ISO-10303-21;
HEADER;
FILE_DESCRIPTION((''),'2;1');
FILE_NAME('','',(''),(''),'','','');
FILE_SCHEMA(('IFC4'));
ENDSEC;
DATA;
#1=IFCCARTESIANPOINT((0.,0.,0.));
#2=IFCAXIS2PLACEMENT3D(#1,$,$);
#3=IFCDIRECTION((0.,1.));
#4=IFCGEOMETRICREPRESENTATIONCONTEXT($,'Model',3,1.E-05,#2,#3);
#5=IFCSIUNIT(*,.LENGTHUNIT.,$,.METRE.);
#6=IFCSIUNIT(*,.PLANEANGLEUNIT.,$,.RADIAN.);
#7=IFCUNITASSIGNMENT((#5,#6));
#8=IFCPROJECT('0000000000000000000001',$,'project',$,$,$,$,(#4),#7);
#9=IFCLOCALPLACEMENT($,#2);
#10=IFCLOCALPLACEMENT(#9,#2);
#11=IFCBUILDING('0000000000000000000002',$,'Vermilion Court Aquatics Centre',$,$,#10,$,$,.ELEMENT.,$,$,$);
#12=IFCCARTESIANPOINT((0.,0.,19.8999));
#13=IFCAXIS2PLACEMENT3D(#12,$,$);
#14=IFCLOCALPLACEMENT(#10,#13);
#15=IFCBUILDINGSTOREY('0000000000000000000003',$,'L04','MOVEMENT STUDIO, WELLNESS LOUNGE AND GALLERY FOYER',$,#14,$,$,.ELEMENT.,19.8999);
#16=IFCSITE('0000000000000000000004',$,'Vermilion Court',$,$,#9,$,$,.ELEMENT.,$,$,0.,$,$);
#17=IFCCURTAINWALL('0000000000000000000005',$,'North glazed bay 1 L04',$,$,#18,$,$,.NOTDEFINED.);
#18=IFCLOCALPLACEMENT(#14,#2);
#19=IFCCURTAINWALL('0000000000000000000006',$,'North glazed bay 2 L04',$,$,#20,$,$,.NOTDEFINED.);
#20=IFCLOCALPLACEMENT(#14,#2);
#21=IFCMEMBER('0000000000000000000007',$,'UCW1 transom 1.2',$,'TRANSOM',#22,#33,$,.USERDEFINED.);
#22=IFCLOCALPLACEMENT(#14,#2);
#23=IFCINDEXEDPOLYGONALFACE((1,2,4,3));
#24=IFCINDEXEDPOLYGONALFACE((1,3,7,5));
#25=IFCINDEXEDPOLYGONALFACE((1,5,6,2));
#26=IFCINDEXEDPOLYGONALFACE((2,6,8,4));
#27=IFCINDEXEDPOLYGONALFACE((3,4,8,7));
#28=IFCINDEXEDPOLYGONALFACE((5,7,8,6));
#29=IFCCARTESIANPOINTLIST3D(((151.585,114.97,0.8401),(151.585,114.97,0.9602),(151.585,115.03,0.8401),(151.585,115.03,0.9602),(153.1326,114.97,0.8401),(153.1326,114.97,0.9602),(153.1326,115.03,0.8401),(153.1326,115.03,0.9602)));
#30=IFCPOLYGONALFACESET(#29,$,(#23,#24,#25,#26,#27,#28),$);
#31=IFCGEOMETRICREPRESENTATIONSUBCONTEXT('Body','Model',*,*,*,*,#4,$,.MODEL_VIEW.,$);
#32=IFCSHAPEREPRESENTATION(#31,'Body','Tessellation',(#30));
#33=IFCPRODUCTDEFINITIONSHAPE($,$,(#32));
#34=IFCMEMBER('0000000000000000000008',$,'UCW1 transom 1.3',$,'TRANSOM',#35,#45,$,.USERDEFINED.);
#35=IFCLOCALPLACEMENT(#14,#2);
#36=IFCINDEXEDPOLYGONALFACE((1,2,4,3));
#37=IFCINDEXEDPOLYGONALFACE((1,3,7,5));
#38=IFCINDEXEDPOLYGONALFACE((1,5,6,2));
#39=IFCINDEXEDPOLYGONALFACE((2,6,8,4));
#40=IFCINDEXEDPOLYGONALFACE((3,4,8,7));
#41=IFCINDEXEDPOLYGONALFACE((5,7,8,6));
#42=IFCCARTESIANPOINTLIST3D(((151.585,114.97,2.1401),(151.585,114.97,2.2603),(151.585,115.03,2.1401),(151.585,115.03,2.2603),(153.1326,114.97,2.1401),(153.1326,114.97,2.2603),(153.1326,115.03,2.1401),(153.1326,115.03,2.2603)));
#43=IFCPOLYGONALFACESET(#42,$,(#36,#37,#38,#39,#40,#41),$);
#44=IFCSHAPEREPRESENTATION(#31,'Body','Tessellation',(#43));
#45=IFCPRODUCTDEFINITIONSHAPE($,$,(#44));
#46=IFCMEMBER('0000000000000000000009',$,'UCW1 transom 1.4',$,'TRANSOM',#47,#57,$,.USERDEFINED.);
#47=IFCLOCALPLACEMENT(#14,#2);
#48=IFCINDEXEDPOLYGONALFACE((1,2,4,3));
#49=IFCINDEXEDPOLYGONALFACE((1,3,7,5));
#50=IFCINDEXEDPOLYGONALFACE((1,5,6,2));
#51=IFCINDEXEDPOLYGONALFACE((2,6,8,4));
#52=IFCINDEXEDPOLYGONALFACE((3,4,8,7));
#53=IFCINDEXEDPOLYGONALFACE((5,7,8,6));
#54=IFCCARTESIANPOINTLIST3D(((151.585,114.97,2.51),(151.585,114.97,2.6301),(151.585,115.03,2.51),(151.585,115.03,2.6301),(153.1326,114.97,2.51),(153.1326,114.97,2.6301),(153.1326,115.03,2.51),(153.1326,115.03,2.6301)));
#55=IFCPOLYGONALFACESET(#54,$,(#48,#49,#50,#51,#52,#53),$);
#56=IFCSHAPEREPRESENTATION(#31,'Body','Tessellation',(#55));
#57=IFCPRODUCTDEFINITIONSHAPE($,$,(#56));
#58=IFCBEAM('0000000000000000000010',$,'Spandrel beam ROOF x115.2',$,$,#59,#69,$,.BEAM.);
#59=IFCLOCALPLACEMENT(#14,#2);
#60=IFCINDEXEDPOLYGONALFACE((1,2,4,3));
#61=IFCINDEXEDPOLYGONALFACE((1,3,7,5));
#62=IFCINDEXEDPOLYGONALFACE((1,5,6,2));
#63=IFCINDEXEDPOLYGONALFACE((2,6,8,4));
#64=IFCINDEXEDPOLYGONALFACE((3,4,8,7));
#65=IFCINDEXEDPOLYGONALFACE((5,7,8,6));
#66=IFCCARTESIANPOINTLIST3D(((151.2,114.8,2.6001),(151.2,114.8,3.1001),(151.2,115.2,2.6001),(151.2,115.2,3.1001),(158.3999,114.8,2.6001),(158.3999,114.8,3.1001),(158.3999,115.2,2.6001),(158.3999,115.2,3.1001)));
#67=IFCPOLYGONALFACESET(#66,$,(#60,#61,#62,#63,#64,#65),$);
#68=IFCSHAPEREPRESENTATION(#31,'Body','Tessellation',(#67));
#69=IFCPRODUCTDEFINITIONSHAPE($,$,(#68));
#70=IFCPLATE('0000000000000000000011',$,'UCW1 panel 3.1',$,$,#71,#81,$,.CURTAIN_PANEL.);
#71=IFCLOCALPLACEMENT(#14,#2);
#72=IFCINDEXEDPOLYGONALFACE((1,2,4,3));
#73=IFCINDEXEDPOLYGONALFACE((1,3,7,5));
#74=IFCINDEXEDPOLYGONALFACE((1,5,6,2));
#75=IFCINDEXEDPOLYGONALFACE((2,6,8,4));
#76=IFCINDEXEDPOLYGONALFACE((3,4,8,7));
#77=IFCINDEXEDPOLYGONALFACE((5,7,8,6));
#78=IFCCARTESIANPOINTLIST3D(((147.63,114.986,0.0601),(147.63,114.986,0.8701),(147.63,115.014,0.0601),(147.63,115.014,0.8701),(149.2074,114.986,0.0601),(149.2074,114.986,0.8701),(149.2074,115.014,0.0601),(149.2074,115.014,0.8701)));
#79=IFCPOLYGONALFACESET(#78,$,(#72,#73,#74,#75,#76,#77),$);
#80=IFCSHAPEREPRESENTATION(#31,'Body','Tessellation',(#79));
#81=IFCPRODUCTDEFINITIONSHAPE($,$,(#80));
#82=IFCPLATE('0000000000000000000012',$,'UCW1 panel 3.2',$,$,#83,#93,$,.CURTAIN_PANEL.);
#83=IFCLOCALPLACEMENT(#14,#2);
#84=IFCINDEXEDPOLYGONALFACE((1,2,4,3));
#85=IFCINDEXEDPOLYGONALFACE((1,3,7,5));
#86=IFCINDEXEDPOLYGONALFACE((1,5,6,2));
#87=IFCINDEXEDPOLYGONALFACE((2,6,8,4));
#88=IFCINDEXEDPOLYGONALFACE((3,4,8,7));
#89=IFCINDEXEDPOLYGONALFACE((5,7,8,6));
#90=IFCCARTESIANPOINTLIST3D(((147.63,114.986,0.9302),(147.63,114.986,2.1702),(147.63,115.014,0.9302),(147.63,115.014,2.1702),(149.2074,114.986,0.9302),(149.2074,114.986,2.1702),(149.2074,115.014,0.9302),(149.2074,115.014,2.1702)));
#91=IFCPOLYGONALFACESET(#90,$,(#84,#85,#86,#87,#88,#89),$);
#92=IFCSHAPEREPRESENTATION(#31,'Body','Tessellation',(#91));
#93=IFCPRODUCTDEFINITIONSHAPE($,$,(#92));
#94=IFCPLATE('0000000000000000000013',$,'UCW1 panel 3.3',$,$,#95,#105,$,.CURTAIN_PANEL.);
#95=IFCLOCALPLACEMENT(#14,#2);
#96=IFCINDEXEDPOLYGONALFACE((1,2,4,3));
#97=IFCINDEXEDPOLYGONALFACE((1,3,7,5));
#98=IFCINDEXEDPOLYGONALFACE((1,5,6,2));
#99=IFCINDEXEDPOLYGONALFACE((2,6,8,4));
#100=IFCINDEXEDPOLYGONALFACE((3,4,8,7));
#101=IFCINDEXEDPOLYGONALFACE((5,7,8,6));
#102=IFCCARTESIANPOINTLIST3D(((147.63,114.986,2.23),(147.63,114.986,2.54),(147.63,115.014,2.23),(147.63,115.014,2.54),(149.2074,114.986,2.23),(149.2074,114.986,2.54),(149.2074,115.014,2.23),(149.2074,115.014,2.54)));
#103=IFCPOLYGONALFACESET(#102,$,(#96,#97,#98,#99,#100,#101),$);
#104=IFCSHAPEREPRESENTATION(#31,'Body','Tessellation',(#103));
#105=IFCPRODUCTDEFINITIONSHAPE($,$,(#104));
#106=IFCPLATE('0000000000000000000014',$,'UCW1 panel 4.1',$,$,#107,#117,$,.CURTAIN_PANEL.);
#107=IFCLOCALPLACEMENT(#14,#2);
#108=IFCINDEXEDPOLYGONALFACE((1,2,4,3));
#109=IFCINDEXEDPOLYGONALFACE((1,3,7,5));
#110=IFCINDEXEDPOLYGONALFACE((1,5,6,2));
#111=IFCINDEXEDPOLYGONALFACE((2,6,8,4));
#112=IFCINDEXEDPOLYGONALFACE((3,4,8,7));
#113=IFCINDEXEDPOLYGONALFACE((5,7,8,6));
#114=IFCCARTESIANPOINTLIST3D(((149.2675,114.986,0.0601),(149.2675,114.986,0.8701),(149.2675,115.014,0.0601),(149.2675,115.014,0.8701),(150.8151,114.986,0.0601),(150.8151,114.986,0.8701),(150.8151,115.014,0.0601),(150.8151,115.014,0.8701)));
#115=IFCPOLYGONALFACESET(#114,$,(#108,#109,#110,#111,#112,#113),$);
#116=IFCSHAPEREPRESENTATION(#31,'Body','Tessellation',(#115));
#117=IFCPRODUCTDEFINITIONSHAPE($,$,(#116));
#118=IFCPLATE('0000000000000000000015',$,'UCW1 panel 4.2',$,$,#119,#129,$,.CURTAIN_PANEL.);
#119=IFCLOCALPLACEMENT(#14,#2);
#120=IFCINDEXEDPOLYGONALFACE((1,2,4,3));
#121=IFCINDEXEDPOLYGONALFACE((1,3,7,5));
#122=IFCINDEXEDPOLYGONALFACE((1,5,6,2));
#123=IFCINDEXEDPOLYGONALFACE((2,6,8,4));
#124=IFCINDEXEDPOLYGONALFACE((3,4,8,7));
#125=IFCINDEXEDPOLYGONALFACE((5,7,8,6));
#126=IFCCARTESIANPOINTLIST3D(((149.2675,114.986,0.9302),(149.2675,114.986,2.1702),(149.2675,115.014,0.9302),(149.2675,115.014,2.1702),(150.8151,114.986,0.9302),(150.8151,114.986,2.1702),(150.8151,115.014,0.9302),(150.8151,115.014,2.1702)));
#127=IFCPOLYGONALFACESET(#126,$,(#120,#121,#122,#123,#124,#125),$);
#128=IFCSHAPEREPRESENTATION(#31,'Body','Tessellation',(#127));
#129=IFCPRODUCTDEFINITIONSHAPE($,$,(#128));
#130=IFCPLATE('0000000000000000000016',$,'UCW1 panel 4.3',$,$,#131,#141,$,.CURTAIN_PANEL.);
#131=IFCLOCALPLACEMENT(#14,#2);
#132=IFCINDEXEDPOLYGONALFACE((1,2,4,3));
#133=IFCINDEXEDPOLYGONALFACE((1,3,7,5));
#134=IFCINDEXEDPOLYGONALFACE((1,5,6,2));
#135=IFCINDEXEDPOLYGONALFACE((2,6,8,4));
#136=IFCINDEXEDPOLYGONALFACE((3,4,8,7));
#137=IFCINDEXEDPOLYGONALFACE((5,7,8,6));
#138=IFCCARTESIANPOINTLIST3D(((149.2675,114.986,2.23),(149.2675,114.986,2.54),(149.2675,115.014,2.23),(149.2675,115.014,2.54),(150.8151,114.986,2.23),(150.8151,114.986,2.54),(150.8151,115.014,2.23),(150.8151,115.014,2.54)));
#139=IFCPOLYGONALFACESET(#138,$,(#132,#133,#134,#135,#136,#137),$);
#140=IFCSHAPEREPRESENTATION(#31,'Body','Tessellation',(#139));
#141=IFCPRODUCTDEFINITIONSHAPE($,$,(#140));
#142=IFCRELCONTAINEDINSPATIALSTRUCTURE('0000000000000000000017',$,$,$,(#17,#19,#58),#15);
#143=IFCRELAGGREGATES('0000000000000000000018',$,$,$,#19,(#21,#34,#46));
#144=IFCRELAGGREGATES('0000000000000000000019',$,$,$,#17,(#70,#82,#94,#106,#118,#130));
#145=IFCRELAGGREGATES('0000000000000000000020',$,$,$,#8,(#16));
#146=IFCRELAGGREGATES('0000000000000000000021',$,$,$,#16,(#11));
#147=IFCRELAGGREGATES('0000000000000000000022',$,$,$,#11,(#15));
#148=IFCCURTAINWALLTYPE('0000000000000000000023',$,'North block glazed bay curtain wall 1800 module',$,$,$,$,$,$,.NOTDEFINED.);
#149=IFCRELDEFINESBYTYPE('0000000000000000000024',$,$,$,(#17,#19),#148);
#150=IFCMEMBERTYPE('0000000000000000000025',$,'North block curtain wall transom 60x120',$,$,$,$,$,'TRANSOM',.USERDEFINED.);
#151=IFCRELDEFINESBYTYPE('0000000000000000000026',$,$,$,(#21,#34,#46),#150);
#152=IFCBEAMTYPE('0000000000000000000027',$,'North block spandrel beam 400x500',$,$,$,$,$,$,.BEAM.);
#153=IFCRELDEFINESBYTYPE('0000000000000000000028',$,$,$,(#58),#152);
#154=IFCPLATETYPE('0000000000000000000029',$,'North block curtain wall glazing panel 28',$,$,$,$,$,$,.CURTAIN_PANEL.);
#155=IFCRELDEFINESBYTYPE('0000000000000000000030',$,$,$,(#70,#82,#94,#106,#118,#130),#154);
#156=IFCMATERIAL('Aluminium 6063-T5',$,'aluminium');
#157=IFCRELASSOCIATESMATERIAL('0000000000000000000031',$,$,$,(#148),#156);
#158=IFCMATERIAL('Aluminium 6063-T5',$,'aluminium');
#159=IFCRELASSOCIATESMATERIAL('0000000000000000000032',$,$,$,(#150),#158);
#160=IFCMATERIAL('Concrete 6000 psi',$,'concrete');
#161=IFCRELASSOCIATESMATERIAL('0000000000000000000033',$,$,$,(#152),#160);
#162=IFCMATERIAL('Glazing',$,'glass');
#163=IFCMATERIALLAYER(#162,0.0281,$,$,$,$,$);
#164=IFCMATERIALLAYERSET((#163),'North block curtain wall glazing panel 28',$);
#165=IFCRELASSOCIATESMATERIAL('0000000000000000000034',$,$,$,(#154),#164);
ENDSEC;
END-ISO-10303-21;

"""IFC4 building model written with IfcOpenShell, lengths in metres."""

from ifc_helpers import new_model, si_unit, direction, frame, origin, origin_2d, place, context, subcontext, project, spatial, rectangle, extrude, material, layer, layer_set, material_profile, profile_set, type_object, element, aggregate, save


model = new_model("IFC4")

# Units and contexts
model_context = context("Model", 3, precision=1e-05, world=origin(), true_north=direction((0.0, 1.0)))
body_context = subcontext(model_context, "Body", "Model", "MODEL_VIEW")
ifc_project = project(units=[si_unit("LENGTHUNIT", "METRE"), si_unit("PLANEANGLEUNIT", "RADIAN")], contexts=[model_context])

# Site, building, storey
site_placement = place(None, origin())
site = spatial("IfcSite", under=ifc_project, at=site_placement, Name="Vermilion Court", CompositionType="ELEMENT", RefElevation=0.0)
building_placement = place(site_placement, origin())
building = spatial("IfcBuilding", under=site, at=building_placement, Name="Vermilion Court Aquatics Centre", CompositionType="ELEMENT")
storey_placement = place(building_placement, frame((0.0, 0.0, 19.8999)))
storey = spatial("IfcBuildingStorey", under=building, at=storey_placement, Name="L04", Description="MOVEMENT STUDIO, WELLNESS LOUNGE AND GALLERY FOYER", CompositionType="ELEMENT", Elevation=19.8999)

# Curtain wall
ifc_material_1 = material(Name="Aluminium 6063-T5", Category="aluminium")
curtain_wall_type = type_object("IfcCurtainWallType", Name="North block glazed bay curtain wall 1800 module", PredefinedType="NOTDEFINED", material=ifc_material_1)
curtain_wall_1_placement = place(storey_placement, origin())
curtain_wall_1 = element("IfcCurtainWall", 1, at=curtain_wall_1_placement, inside=storey, type_object=curtain_wall_type, Name="North glazed bay 1 L04", PredefinedType="NOTDEFINED")

# Curtain wall
curtain_wall_2_placement = place(storey_placement, origin())
curtain_wall_2 = element("IfcCurtainWall", 2, at=curtain_wall_2_placement, inside=storey, type_object=curtain_wall_type, Name="North glazed bay 2 L04", PredefinedType="NOTDEFINED")

# Members
ifc_material_2 = material(Name="Aluminium 6063-T5", Category="aluminium")
ifc_material_profile_1 = material_profile(ifc_material_2, rectangle(XDim=0.0601, YDim=0.1201, at=origin_2d()), Name="AL 60x120")
ifc_profile_set_1 = profile_set([ifc_material_profile_1], Name="Aluminium 6063-T5")
member_type_1 = type_object("IfcMemberType", Name="North block curtain wall transom 60x120", ElementType="TRANSOM", PredefinedType="USERDEFINED", material=ifc_profile_set_1)
member_1_placement = place(storey_placement, frame((151.585, 115.0, 0.9001), z_axis=(1.0, 0.0, 0.0), x_axis=(0.0, 1.0, 0.0)))
member_1 = element("IfcMember", 3, at=member_1_placement, type_object=member_type_1, Name="UCW1 transom 1.2", ObjectType="TRANSOM", PredefinedType="USERDEFINED", context=body_context, shape_type="SweptSolid", body=[
    extrude(rectangle(XDim=0.0601, YDim=0.1201, at=origin_2d()), origin(), (0.0, 0.0, 1.0), 1.5476),
])
member_2_placement = place(storey_placement, frame((151.585, 115.0, 2.2002), z_axis=(1.0, 0.0, 0.0), x_axis=(0.0, 1.0, 0.0)))
member_2 = element("IfcMember", 4, at=member_2_placement, type_object=member_type_1, Name="UCW1 transom 1.3", ObjectType="TRANSOM", PredefinedType="USERDEFINED", context=body_context, shape_type="SweptSolid", body=[
    extrude(rectangle(XDim=0.0601, YDim=0.1201, at=origin_2d()), origin(), (0.0, 0.0, 1.0), 1.5476),
])
member_3_placement = place(storey_placement, frame((151.585, 115.0, 2.5701), z_axis=(1.0, 0.0, 0.0), x_axis=(0.0, 1.0, 0.0)))
member_3 = element("IfcMember", 5, at=member_3_placement, type_object=member_type_1, Name="UCW1 transom 1.4", ObjectType="TRANSOM", PredefinedType="USERDEFINED", context=body_context, shape_type="SweptSolid", body=[
    extrude(rectangle(XDim=0.0601, YDim=0.1201, at=origin_2d()), origin(), (0.0, 0.0, 1.0), 1.5476),
])
aggregate(curtain_wall_2, [member_1, member_2, member_3])

# Beam
ifc_material_3 = material(Name="Concrete 6000 psi", Category="concrete")
ifc_material_profile_2 = material_profile(ifc_material_3, rectangle(XDim=0.3999, YDim=0.5, at=origin_2d()), Name="RC 400x500")
ifc_profile_set_2 = profile_set([ifc_material_profile_2], Name="Concrete 6000 psi")
beam_type = type_object("IfcBeamType", Name="North block spandrel beam 400x500", PredefinedType="BEAM", material=ifc_profile_set_2)
beam_placement = place(storey_placement, frame((151.2, 115.0, 2.8501), z_axis=(1.0, 0.0, 0.0), x_axis=(0.0, 1.0, 0.0)))
element("IfcBeam", 6, at=beam_placement, inside=storey, type_object=beam_type, Name="Spandrel beam ROOF x115.2", PredefinedType="BEAM", context=body_context, shape_type="SweptSolid", body=[
    extrude(rectangle(XDim=0.3999, YDim=0.5, at=origin_2d()), origin(), (0.0, 0.0, 1.0), 7.2),
])

# Plates
ifc_material_4 = material(Name="Glazing", Category="glass")
ifc_layer = layer(ifc_material_4, 0.0281)
ifc_layer_set = layer_set([ifc_layer], Name="North block curtain wall glazing panel 28")
plate_type = type_object("IfcPlateType", Name="North block curtain wall glazing panel 28", PredefinedType="CURTAIN_PANEL", material=ifc_layer_set)
plate_1_placement = place(storey_placement, frame((148.4187, 115.0, 0.0601), z_axis=(0.0, 0.0, 1.0), x_axis=(1.0, 0.0, 0.0)))
plate_1 = element("IfcPlate", 7, at=plate_1_placement, type_object=plate_type, Name="UCW1 panel 3.1", PredefinedType="CURTAIN_PANEL", context=body_context, shape_type="SweptSolid", body=[
    extrude(rectangle(XDim=1.5774, YDim=0.0281, at=origin_2d()), origin(), (0.0, 0.0, 1.0), 0.8101),
])
plate_2_placement = place(storey_placement, frame((148.4187, 115.0, 0.9302), z_axis=(0.0, 0.0, 1.0), x_axis=(1.0, 0.0, 0.0)))
plate_2 = element("IfcPlate", 8, at=plate_2_placement, type_object=plate_type, Name="UCW1 panel 3.2", PredefinedType="CURTAIN_PANEL", context=body_context, shape_type="SweptSolid", body=[
    extrude(rectangle(XDim=1.5774, YDim=0.0281, at=origin_2d()), origin(), (0.0, 0.0, 1.0), 1.24),
])
plate_3_placement = place(storey_placement, frame((148.4187, 115.0, 2.23), z_axis=(0.0, 0.0, 1.0), x_axis=(1.0, 0.0, 0.0)))
plate_3 = element("IfcPlate", 9, at=plate_3_placement, type_object=plate_type, Name="UCW1 panel 3.3", PredefinedType="CURTAIN_PANEL", context=body_context, shape_type="SweptSolid", body=[
    extrude(rectangle(XDim=1.5774, YDim=0.0281, at=origin_2d()), origin(), (0.0, 0.0, 1.0), 0.3101),
])
plate_4_placement = place(storey_placement, frame((150.0413, 115.0, 0.0601), z_axis=(0.0, 0.0, 1.0), x_axis=(1.0, 0.0, 0.0)))
plate_4 = element("IfcPlate", 10, at=plate_4_placement, type_object=plate_type, Name="UCW1 panel 4.1", PredefinedType="CURTAIN_PANEL", context=body_context, shape_type="SweptSolid", body=[
    extrude(rectangle(XDim=1.5476, YDim=0.0281, at=origin_2d()), origin(), (0.0, 0.0, 1.0), 0.8101),
])
plate_5_placement = place(storey_placement, frame((150.0413, 115.0, 0.9302), z_axis=(0.0, 0.0, 1.0), x_axis=(1.0, 0.0, 0.0)))
plate_5 = element("IfcPlate", 11, at=plate_5_placement, type_object=plate_type, Name="UCW1 panel 4.2", PredefinedType="CURTAIN_PANEL", context=body_context, shape_type="SweptSolid", body=[
    extrude(rectangle(XDim=1.5476, YDim=0.0281, at=origin_2d()), origin(), (0.0, 0.0, 1.0), 1.24),
])
plate_6_placement = place(storey_placement, frame((150.0413, 115.0, 2.23), z_axis=(0.0, 0.0, 1.0), x_axis=(1.0, 0.0, 0.0)))
plate_6 = element("IfcPlate", 12, at=plate_6_placement, type_object=plate_type, Name="UCW1 panel 4.3", PredefinedType="CURTAIN_PANEL", context=body_context, shape_type="SweptSolid", body=[
    extrude(rectangle(XDim=1.5476, YDim=0.0281, at=origin_2d()), origin(), (0.0, 0.0, 1.0), 0.3101),
])
aggregate(curtain_wall_1, [plate_1, plate_2, plate_3, plate_4, plate_5, plate_6])

save(model, "model.ifc")
